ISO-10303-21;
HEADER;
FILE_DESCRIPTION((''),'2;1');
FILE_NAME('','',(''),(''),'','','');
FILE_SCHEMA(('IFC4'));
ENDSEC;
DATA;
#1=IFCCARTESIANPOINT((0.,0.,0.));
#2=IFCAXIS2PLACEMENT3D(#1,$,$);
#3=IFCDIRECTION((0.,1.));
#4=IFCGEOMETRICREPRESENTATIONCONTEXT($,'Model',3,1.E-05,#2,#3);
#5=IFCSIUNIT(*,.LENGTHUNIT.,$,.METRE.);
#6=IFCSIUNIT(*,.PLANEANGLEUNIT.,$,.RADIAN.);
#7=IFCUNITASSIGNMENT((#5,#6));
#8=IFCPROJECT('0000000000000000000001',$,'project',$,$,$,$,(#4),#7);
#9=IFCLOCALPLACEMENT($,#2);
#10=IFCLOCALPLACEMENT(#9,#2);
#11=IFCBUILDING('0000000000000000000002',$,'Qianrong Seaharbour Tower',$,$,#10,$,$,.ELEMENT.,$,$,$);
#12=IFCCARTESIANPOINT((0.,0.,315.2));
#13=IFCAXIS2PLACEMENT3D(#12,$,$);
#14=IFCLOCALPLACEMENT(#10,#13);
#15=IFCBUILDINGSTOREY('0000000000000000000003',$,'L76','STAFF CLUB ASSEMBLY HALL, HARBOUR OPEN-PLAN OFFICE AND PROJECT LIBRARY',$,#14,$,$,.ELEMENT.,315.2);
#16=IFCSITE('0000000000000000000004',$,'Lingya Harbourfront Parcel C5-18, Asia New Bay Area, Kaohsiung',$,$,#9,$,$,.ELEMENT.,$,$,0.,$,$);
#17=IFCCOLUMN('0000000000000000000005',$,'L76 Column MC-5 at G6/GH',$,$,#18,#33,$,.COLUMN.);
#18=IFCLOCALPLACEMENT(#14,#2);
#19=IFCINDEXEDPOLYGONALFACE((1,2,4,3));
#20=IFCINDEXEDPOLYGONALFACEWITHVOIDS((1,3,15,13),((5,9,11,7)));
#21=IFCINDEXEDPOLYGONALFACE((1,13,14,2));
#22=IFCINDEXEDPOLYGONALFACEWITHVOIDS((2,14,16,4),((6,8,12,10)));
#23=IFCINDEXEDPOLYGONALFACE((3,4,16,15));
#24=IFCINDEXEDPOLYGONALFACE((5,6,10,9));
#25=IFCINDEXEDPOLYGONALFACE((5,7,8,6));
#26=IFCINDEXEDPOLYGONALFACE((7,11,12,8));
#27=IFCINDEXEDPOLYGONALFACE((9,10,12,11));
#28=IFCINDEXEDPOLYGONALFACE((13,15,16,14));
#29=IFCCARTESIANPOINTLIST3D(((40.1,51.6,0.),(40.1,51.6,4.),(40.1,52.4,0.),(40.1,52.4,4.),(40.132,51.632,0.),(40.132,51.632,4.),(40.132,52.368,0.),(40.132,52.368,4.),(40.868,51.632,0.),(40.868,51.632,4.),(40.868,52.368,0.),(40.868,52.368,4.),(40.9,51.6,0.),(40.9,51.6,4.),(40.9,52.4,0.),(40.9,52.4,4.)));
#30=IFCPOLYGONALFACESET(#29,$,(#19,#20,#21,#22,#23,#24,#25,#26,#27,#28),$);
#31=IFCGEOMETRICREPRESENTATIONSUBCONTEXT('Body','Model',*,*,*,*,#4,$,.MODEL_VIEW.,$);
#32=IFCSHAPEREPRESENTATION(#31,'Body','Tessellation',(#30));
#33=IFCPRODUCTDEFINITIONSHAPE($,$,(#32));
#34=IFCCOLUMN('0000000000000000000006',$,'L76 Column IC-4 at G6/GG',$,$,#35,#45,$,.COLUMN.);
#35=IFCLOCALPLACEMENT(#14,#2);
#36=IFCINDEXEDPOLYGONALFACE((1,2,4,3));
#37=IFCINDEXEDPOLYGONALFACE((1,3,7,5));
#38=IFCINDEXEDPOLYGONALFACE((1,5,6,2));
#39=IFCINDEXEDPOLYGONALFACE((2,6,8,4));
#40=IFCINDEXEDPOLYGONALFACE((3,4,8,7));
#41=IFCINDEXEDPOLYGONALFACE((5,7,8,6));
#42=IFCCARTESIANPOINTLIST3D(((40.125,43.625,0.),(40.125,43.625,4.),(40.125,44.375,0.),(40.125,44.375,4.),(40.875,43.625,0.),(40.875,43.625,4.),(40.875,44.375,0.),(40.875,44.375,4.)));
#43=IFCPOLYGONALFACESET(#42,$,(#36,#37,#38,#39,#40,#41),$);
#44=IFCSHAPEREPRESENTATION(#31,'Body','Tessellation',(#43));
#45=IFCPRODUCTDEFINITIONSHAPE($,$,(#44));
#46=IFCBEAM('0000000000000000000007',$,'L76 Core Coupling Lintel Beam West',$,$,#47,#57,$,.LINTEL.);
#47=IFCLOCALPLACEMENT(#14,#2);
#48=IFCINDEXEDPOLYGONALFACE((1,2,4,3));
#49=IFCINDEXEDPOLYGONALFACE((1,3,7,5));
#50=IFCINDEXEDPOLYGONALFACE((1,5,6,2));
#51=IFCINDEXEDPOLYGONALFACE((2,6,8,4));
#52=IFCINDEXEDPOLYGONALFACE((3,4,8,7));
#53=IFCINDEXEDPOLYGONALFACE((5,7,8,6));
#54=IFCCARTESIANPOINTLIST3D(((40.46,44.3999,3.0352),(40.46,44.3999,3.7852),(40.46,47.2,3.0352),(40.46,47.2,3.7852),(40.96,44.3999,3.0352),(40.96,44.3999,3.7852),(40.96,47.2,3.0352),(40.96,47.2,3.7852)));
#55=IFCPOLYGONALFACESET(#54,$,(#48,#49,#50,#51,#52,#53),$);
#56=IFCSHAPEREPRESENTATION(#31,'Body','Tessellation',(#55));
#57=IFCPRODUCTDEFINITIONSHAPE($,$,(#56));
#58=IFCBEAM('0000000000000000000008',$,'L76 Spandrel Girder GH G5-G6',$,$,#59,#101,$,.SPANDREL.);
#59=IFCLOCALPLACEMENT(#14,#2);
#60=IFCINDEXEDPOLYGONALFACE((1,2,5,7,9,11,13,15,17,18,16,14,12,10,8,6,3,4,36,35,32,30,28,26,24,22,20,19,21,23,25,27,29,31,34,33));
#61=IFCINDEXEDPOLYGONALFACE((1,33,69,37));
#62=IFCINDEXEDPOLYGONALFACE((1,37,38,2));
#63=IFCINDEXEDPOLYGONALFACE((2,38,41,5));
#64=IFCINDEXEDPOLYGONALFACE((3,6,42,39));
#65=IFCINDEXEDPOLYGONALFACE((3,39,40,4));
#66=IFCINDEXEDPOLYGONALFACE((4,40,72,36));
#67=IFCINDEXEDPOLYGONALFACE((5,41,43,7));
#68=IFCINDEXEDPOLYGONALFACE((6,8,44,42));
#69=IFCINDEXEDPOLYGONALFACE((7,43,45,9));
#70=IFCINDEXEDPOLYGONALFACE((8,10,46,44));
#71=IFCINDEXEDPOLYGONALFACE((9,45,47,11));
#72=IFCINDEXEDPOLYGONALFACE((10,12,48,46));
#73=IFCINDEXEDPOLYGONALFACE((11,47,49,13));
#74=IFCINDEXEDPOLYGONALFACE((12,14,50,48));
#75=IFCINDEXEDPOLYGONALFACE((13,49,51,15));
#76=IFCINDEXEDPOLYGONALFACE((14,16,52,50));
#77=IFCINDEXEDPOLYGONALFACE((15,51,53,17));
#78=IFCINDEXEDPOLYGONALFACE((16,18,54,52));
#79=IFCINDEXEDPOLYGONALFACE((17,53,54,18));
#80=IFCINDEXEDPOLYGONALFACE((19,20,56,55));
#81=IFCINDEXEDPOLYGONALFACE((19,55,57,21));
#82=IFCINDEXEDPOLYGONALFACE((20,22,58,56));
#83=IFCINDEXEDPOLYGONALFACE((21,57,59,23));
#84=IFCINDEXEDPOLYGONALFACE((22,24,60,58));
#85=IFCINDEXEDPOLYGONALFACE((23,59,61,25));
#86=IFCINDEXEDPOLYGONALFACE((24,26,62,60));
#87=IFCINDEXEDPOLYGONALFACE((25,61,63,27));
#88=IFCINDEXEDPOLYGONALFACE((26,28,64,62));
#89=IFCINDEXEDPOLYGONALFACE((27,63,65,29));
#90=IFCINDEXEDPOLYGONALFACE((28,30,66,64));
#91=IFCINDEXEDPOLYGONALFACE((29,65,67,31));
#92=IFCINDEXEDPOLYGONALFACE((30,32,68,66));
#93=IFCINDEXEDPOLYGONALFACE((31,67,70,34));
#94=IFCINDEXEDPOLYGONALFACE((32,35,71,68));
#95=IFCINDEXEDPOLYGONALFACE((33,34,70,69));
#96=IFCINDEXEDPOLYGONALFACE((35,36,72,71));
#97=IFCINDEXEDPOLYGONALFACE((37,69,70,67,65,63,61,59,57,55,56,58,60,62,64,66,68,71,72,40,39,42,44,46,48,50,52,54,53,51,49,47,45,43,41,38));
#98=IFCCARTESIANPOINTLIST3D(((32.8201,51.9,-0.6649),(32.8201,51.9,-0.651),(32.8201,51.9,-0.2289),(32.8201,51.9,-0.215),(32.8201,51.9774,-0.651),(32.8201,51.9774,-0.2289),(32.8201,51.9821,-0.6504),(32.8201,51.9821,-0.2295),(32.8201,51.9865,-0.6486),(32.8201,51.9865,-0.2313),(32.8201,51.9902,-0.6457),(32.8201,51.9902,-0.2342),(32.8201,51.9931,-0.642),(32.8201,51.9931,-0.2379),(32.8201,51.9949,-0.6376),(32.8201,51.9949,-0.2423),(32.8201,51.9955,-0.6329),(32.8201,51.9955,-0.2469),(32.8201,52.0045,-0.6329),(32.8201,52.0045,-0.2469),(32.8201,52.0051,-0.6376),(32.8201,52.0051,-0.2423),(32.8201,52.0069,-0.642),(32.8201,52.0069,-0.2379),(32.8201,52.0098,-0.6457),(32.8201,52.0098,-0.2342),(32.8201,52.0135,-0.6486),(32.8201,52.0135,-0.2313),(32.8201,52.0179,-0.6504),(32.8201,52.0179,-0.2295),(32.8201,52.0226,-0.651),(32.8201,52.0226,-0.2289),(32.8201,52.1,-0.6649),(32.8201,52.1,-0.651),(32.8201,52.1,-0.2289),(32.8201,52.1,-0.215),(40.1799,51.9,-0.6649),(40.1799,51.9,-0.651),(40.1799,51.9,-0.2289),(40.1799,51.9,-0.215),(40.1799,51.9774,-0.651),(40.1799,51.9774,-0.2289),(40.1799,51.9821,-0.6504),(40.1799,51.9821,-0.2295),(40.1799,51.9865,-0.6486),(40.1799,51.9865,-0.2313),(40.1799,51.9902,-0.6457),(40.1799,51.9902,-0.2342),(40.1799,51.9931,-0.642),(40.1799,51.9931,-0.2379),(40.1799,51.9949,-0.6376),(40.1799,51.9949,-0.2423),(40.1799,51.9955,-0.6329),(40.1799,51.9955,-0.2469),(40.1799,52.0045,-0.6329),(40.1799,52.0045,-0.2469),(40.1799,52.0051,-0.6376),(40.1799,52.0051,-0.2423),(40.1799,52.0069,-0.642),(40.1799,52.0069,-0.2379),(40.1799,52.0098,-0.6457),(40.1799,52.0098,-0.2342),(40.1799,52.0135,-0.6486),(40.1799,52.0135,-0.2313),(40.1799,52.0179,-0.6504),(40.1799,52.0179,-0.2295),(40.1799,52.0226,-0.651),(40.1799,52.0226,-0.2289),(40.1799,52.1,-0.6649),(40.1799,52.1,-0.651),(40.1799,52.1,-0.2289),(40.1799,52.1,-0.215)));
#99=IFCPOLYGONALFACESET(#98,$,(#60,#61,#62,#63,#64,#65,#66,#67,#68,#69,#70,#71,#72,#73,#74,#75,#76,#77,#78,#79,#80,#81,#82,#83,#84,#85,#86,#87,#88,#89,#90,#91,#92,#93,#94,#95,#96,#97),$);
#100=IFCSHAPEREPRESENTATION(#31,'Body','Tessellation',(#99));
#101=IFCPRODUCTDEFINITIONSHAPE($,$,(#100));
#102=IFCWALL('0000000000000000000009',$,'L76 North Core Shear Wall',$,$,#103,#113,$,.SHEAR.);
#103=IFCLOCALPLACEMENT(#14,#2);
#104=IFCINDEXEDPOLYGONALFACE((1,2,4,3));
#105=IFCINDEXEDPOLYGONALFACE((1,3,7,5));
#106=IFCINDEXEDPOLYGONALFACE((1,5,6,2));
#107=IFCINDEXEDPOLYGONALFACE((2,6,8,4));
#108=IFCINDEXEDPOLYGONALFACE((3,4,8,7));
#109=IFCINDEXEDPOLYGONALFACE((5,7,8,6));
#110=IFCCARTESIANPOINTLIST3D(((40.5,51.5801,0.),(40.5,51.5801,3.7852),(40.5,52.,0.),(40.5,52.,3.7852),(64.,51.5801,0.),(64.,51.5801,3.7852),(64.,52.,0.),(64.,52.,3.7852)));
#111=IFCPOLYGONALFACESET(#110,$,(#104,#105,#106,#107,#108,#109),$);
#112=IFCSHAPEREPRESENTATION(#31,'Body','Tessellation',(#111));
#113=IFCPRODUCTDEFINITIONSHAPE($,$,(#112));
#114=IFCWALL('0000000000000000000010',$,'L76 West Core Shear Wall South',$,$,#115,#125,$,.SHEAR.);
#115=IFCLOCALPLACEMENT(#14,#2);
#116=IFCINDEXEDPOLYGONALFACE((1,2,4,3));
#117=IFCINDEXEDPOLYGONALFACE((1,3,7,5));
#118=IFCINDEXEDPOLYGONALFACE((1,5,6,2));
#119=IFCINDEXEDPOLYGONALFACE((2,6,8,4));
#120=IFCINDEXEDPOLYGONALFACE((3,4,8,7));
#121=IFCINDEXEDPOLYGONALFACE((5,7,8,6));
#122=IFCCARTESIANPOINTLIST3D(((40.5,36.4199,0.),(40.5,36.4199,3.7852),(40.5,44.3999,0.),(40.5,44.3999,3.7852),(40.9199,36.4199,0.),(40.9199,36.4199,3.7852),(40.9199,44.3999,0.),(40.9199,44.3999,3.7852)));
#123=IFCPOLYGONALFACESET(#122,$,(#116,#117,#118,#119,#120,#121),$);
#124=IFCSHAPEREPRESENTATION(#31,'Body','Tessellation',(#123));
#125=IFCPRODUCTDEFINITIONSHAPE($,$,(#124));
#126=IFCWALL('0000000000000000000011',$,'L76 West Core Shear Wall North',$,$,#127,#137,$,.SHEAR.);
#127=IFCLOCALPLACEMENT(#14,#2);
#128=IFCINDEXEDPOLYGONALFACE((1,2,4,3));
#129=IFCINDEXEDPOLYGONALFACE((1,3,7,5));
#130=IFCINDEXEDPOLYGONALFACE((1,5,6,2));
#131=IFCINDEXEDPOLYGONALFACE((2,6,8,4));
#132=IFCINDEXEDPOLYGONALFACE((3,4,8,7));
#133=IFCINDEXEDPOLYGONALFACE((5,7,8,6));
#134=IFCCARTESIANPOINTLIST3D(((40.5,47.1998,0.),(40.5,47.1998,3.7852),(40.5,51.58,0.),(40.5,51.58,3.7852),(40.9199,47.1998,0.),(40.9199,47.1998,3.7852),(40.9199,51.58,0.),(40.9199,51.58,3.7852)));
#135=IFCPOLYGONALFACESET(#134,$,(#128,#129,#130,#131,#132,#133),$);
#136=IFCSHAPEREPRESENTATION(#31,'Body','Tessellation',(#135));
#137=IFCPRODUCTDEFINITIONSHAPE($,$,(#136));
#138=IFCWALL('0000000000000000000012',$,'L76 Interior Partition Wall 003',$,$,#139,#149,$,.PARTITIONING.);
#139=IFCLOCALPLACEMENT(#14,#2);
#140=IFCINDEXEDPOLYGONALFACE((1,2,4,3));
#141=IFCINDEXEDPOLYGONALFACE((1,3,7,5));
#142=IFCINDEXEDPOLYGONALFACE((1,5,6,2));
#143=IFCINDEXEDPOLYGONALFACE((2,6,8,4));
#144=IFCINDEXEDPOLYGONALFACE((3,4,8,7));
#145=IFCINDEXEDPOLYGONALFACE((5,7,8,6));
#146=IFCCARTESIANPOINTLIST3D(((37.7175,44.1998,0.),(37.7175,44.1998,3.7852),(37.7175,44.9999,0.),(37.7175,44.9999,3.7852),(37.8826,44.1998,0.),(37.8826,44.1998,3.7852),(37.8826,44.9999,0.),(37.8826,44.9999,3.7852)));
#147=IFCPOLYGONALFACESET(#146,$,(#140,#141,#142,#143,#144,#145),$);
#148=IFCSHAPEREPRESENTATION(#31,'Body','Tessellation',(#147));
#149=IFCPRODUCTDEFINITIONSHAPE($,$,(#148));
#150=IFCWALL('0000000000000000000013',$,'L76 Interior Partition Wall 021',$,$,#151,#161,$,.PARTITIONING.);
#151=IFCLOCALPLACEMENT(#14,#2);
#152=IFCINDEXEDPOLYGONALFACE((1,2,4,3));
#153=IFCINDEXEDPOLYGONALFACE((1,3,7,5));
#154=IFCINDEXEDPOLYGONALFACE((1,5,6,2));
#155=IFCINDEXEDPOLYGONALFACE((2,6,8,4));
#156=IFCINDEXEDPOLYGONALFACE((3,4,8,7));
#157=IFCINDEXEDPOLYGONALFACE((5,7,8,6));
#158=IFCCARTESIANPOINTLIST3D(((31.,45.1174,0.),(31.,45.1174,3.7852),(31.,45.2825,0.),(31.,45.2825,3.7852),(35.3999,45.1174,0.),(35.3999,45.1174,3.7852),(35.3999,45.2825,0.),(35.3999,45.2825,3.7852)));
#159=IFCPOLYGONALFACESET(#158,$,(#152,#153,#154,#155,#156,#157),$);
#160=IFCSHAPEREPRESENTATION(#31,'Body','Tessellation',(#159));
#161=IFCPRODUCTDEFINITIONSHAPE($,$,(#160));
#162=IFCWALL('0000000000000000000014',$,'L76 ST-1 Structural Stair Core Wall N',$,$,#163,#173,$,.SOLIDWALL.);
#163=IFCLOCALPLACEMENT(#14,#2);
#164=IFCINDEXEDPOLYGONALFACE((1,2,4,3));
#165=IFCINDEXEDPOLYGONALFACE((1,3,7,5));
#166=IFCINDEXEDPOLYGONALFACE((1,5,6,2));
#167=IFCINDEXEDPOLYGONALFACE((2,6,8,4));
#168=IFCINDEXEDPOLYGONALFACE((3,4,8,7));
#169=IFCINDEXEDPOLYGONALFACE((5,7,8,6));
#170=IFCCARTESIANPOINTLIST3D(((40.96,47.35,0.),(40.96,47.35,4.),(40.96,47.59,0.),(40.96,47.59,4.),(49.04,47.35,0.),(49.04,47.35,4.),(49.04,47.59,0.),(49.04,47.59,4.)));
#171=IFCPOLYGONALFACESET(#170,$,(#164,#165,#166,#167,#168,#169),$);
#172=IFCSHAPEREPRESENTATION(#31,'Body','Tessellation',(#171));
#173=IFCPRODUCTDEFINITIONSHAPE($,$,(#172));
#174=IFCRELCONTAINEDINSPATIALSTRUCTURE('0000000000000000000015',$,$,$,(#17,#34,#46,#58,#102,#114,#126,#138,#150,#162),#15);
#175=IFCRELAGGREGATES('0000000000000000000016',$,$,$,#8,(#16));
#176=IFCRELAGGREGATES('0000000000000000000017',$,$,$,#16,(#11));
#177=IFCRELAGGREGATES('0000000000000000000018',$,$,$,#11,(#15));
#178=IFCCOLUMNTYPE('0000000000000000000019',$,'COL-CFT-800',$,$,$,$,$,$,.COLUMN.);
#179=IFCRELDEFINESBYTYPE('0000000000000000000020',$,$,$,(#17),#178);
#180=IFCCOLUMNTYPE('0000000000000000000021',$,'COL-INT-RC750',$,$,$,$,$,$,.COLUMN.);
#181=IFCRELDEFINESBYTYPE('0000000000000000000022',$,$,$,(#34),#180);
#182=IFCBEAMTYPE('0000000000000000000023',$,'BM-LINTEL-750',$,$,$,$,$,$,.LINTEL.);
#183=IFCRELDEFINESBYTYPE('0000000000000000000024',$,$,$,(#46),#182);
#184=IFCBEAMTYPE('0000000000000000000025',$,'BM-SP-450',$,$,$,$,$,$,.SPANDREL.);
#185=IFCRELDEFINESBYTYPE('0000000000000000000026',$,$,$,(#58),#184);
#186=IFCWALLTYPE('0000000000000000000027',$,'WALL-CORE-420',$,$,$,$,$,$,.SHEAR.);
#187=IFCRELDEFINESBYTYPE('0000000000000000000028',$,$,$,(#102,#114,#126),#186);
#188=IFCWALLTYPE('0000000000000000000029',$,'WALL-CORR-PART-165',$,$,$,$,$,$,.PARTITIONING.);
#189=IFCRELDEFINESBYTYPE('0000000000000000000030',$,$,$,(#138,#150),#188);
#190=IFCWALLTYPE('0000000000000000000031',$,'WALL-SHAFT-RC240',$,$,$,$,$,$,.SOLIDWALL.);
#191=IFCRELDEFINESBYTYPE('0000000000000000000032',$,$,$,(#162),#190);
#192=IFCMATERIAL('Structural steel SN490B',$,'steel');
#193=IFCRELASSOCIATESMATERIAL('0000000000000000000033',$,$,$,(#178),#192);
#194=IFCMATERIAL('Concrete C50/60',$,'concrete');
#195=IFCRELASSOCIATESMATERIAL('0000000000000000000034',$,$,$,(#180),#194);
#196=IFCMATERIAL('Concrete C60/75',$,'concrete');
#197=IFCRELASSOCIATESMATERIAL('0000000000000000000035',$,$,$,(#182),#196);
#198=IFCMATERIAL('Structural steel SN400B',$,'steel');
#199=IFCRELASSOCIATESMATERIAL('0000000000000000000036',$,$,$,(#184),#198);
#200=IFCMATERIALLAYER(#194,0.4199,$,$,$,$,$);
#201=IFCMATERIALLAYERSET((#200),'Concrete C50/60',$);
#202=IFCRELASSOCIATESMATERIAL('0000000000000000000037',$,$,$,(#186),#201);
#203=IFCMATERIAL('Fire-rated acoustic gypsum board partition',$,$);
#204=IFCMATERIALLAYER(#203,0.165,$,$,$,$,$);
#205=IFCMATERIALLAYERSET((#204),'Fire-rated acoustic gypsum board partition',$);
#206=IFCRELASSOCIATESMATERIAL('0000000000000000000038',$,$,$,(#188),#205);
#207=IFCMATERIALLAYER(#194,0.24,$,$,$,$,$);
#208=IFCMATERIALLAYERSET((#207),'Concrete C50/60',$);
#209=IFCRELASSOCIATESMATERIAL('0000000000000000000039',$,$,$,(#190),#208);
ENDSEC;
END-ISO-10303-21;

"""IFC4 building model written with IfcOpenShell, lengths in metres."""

from ifc_helpers import new_model, si_unit, direction, frame, frame_2d, origin, origin_2d, place, context, subcontext, project, spatial, rectangle, hollow_rectangle, i_section, extrude, material, layer, layer_set, material_profile, profile_set, type_object, element, save


model = new_model("IFC4")

# Units and contexts
model_context = context("Model", 3, precision=1e-05, world=origin(), true_north=direction((0.0, 1.0)))
body_context = subcontext(model_context, "Body", "Model", "MODEL_VIEW")
ifc_project = project(units=[si_unit("LENGTHUNIT", "METRE"), si_unit("PLANEANGLEUNIT", "RADIAN")], contexts=[model_context])

# Site, building, storey
site_placement = place(None, origin())
site = spatial("IfcSite", under=ifc_project, at=site_placement, Name="Lingya Harbourfront Parcel C5-18, Asia New Bay Area, Kaohsiung", CompositionType="ELEMENT", RefElevation=0.0)
building_placement = place(site_placement, origin())
building = spatial("IfcBuilding", under=site, at=building_placement, Name="Qianrong Seaharbour Tower", CompositionType="ELEMENT")
storey_placement = place(building_placement, frame((0.0, 0.0, 315.2)))
storey = spatial("IfcBuildingStorey", under=building, at=storey_placement, Name="L76", Description="STAFF CLUB ASSEMBLY HALL, HARBOUR OPEN-PLAN OFFICE AND PROJECT LIBRARY", CompositionType="ELEMENT", Elevation=315.2)

# Columns
ifc_material_1 = material(Name="Structural steel SN490B", Category="steel")
ifc_material_profile_1 = material_profile(ifc_material_1, hollow_rectangle(XDim=0.8, YDim=0.8, WallThickness=0.032, at=origin_2d()), Name="BOX800x800x32")
ifc_profile_set_1 = profile_set([ifc_material_profile_1], Name="Structural steel SN490B")
column_type_1 = type_object("IfcColumnType", Name="COL-CFT-800", PredefinedType="COLUMN", material=ifc_profile_set_1)
column_1_placement = place(storey_placement, frame((40.5, 52.0, 0.0), z_axis=(0.0, 0.0, 1.0), x_axis=(1.0, 0.0, 0.0)))
element("IfcColumn", 1, at=column_1_placement, inside=storey, type_object=column_type_1, Name="L76 Column MC-5 at G6/GH", PredefinedType="COLUMN", context=body_context, shape_type="SweptSolid", body=[
    extrude(hollow_rectangle(XDim=0.8, YDim=0.8, WallThickness=0.032, at=origin_2d()), origin(), (0.0, 0.0, 1.0), 4.0),
])
ifc_material_2 = material(Name="Concrete C50/60", Category="concrete")
ifc_material_profile_2 = material_profile(ifc_material_2, rectangle(XDim=0.75, YDim=0.75, at=origin_2d()), Name="RC750x750")
ifc_profile_set_2 = profile_set([ifc_material_profile_2], Name="Concrete C50/60")
column_type_2 = type_object("IfcColumnType", Name="COL-INT-RC750", PredefinedType="COLUMN", material=ifc_profile_set_2)
column_2_placement = place(storey_placement, frame((40.5, 44.0, 0.0), z_axis=(0.0, 0.0, 1.0), x_axis=(1.0, 0.0, 0.0)))
element("IfcColumn", 2, at=column_2_placement, inside=storey, type_object=column_type_2, Name="L76 Column IC-4 at G6/GG", PredefinedType="COLUMN", context=body_context, shape_type="SweptSolid", body=[
    extrude(rectangle(XDim=0.75, YDim=0.75, at=origin_2d()), origin(), (0.0, 0.0, 1.0), 4.0),
])

# Beams
ifc_material_3 = material(Name="Concrete C60/75", Category="concrete")
ifc_material_profile_3 = material_profile(ifc_material_3, rectangle(XDim=0.5, YDim=0.75, at=origin_2d()), Name="RC500x750")
ifc_profile_set_3 = profile_set([ifc_material_profile_3], Name="Concrete C60/75")
beam_type_1 = type_object("IfcBeamType", Name="BM-LINTEL-750", PredefinedType="LINTEL", material=ifc_profile_set_3)
beam_1_placement = place(storey_placement, frame((40.71, 44.3999, 3.4102), z_axis=(0.0, 1.0, 0.0), x_axis=(-1.0, 0.0, 0.0)))
element("IfcBeam", 3, at=beam_1_placement, inside=storey, type_object=beam_type_1, Name="L76 Core Coupling Lintel Beam West", PredefinedType="LINTEL", context=body_context, shape_type="SweptSolid", body=[
    extrude(rectangle(XDim=0.5, YDim=0.75, at=origin_2d()), origin(), (0.0, 0.0, 1.0), 2.8),
])
ifc_material_4 = material(Name="Structural steel SN400B", Category="steel")
ifc_material_profile_4 = material_profile(ifc_material_4, i_section(OverallWidth=0.2, OverallDepth=0.45, WebThickness=0.009, FlangeThickness=0.0139, FilletRadius=0.0181, at=origin_2d()), Name="H450x200x9x14")
ifc_profile_set_4 = profile_set([ifc_material_profile_4], Name="Structural steel SN400B")
beam_type_2 = type_object("IfcBeamType", Name="BM-SP-450", PredefinedType="SPANDREL", material=ifc_profile_set_4)
beam_2_placement = place(storey_placement, frame((32.8201, 52.0, -0.4399), z_axis=(1.0, 0.0, 0.0), x_axis=(0.0, 1.0, 0.0)))
element("IfcBeam", 4, at=beam_2_placement, inside=storey, type_object=beam_type_2, Name="L76 Spandrel Girder GH G5-G6", PredefinedType="SPANDREL", context=body_context, shape_type="SweptSolid", body=[
    extrude(i_section(OverallWidth=0.2, OverallDepth=0.45, WebThickness=0.009, FlangeThickness=0.0139, FilletRadius=0.0181, at=origin_2d()), origin(), (0.0, 0.0, 1.0), 7.3599),
])

# Walls
ifc_layer_1 = layer(ifc_material_2, 0.4199)
ifc_layer_set_1 = layer_set([ifc_layer_1], Name="Concrete C50/60")
wall_type_1 = type_object("IfcWallType", Name="WALL-CORE-420", PredefinedType="SHEAR", material=ifc_layer_set_1)
wall_1_placement = place(storey_placement, frame((40.5, 51.79, 0.0), z_axis=(0.0, 0.0, 1.0), x_axis=(1.0, 0.0, 0.0)))
element("IfcWall", 5, at=wall_1_placement, inside=storey, type_object=wall_type_1, Name="L76 North Core Shear Wall", PredefinedType="SHEAR", context=body_context, shape_type="SweptSolid", body=[
    extrude(rectangle(XDim=23.5, YDim=0.4199, at=frame_2d((11.75, 0.0))), origin(), (0.0, 0.0, 1.0), 3.7852),
])
wall_2_placement = place(storey_placement, frame((40.71, 36.4199, 0.0), z_axis=(0.0, 0.0, 1.0), x_axis=(0.0, 1.0, 0.0)))
element("IfcWall", 6, at=wall_2_placement, inside=storey, type_object=wall_type_1, Name="L76 West Core Shear Wall South", PredefinedType="SHEAR", context=body_context, shape_type="SweptSolid", body=[
    extrude(rectangle(XDim=7.98, YDim=0.4199, at=frame_2d((3.99, 0.0))), origin(), (0.0, 0.0, 1.0), 3.7852),
])
wall_3_placement = place(storey_placement, frame((40.71, 47.2, 0.0), z_axis=(0.0, 0.0, 1.0), x_axis=(0.0, 1.0, 0.0)))
element("IfcWall", 7, at=wall_3_placement, inside=storey, type_object=wall_type_1, Name="L76 West Core Shear Wall North", PredefinedType="SHEAR", context=body_context, shape_type="SweptSolid", body=[
    extrude(rectangle(XDim=4.3801, YDim=0.4199, at=frame_2d((2.1899, 0.0))), origin(), (0.0, 0.0, 1.0), 3.7852),
])

# Shared definitions
ifc_material_5 = material(Name="Fire-rated acoustic gypsum board partition")
ifc_layer_2 = layer(ifc_material_5, 0.165)
ifc_layer_set_2 = layer_set([ifc_layer_2], Name="Fire-rated acoustic gypsum board partition")
wall_type_2 = type_object("IfcWallType", Name="WALL-CORR-PART-165", PredefinedType="PARTITIONING", material=ifc_layer_set_2)

# Walls
wall_4_placement = place(storey_placement, frame((37.8, 44.2, 0.0), z_axis=(0.0, 0.0, 1.0), x_axis=(0.0, 1.0, 0.0)))
element("IfcWall", 8, at=wall_4_placement, inside=storey, type_object=wall_type_2, Name="L76 Interior Partition Wall 003", PredefinedType="PARTITIONING", context=body_context, shape_type="SweptSolid", body=[
    extrude(rectangle(XDim=0.8, YDim=0.165, at=frame_2d((0.3999, 0.0))), origin(), (0.0, 0.0, 1.0), 3.7852),
])
wall_5_placement = place(storey_placement, frame((35.3999, 45.2, 0.0), z_axis=(0.0, 0.0, 1.0), x_axis=(-1.0, 0.0, 0.0)))
element("IfcWall", 9, at=wall_5_placement, inside=storey, type_object=wall_type_2, Name="L76 Interior Partition Wall 021", PredefinedType="PARTITIONING", context=body_context, shape_type="SweptSolid", body=[
    extrude(rectangle(XDim=4.3999, YDim=0.165, at=frame_2d((2.2, 0.0))), origin(), (0.0, 0.0, 1.0), 3.7852),
])
ifc_layer_3 = layer(ifc_material_2, 0.24)
ifc_layer_set_3 = layer_set([ifc_layer_3], Name="Concrete C50/60")
wall_type_3 = type_object("IfcWallType", Name="WALL-SHAFT-RC240", PredefinedType="SOLIDWALL", material=ifc_layer_set_3)
wall_6_placement = place(storey_placement, frame((40.96, 47.47, 0.0), z_axis=(0.0, 0.0, 1.0), x_axis=(1.0, 0.0, 0.0)))
element("IfcWall", 10, at=wall_6_placement, inside=storey, type_object=wall_type_3, Name="L76 ST-1 Structural Stair Core Wall N", PredefinedType="SOLIDWALL", context=body_context, shape_type="SweptSolid", body=[
    extrude(rectangle(XDim=8.0801, YDim=0.24, at=frame_2d((4.04, 0.0))), origin(), (0.0, 0.0, 1.0), 4.0),
])

save(model, "model.ifc")
